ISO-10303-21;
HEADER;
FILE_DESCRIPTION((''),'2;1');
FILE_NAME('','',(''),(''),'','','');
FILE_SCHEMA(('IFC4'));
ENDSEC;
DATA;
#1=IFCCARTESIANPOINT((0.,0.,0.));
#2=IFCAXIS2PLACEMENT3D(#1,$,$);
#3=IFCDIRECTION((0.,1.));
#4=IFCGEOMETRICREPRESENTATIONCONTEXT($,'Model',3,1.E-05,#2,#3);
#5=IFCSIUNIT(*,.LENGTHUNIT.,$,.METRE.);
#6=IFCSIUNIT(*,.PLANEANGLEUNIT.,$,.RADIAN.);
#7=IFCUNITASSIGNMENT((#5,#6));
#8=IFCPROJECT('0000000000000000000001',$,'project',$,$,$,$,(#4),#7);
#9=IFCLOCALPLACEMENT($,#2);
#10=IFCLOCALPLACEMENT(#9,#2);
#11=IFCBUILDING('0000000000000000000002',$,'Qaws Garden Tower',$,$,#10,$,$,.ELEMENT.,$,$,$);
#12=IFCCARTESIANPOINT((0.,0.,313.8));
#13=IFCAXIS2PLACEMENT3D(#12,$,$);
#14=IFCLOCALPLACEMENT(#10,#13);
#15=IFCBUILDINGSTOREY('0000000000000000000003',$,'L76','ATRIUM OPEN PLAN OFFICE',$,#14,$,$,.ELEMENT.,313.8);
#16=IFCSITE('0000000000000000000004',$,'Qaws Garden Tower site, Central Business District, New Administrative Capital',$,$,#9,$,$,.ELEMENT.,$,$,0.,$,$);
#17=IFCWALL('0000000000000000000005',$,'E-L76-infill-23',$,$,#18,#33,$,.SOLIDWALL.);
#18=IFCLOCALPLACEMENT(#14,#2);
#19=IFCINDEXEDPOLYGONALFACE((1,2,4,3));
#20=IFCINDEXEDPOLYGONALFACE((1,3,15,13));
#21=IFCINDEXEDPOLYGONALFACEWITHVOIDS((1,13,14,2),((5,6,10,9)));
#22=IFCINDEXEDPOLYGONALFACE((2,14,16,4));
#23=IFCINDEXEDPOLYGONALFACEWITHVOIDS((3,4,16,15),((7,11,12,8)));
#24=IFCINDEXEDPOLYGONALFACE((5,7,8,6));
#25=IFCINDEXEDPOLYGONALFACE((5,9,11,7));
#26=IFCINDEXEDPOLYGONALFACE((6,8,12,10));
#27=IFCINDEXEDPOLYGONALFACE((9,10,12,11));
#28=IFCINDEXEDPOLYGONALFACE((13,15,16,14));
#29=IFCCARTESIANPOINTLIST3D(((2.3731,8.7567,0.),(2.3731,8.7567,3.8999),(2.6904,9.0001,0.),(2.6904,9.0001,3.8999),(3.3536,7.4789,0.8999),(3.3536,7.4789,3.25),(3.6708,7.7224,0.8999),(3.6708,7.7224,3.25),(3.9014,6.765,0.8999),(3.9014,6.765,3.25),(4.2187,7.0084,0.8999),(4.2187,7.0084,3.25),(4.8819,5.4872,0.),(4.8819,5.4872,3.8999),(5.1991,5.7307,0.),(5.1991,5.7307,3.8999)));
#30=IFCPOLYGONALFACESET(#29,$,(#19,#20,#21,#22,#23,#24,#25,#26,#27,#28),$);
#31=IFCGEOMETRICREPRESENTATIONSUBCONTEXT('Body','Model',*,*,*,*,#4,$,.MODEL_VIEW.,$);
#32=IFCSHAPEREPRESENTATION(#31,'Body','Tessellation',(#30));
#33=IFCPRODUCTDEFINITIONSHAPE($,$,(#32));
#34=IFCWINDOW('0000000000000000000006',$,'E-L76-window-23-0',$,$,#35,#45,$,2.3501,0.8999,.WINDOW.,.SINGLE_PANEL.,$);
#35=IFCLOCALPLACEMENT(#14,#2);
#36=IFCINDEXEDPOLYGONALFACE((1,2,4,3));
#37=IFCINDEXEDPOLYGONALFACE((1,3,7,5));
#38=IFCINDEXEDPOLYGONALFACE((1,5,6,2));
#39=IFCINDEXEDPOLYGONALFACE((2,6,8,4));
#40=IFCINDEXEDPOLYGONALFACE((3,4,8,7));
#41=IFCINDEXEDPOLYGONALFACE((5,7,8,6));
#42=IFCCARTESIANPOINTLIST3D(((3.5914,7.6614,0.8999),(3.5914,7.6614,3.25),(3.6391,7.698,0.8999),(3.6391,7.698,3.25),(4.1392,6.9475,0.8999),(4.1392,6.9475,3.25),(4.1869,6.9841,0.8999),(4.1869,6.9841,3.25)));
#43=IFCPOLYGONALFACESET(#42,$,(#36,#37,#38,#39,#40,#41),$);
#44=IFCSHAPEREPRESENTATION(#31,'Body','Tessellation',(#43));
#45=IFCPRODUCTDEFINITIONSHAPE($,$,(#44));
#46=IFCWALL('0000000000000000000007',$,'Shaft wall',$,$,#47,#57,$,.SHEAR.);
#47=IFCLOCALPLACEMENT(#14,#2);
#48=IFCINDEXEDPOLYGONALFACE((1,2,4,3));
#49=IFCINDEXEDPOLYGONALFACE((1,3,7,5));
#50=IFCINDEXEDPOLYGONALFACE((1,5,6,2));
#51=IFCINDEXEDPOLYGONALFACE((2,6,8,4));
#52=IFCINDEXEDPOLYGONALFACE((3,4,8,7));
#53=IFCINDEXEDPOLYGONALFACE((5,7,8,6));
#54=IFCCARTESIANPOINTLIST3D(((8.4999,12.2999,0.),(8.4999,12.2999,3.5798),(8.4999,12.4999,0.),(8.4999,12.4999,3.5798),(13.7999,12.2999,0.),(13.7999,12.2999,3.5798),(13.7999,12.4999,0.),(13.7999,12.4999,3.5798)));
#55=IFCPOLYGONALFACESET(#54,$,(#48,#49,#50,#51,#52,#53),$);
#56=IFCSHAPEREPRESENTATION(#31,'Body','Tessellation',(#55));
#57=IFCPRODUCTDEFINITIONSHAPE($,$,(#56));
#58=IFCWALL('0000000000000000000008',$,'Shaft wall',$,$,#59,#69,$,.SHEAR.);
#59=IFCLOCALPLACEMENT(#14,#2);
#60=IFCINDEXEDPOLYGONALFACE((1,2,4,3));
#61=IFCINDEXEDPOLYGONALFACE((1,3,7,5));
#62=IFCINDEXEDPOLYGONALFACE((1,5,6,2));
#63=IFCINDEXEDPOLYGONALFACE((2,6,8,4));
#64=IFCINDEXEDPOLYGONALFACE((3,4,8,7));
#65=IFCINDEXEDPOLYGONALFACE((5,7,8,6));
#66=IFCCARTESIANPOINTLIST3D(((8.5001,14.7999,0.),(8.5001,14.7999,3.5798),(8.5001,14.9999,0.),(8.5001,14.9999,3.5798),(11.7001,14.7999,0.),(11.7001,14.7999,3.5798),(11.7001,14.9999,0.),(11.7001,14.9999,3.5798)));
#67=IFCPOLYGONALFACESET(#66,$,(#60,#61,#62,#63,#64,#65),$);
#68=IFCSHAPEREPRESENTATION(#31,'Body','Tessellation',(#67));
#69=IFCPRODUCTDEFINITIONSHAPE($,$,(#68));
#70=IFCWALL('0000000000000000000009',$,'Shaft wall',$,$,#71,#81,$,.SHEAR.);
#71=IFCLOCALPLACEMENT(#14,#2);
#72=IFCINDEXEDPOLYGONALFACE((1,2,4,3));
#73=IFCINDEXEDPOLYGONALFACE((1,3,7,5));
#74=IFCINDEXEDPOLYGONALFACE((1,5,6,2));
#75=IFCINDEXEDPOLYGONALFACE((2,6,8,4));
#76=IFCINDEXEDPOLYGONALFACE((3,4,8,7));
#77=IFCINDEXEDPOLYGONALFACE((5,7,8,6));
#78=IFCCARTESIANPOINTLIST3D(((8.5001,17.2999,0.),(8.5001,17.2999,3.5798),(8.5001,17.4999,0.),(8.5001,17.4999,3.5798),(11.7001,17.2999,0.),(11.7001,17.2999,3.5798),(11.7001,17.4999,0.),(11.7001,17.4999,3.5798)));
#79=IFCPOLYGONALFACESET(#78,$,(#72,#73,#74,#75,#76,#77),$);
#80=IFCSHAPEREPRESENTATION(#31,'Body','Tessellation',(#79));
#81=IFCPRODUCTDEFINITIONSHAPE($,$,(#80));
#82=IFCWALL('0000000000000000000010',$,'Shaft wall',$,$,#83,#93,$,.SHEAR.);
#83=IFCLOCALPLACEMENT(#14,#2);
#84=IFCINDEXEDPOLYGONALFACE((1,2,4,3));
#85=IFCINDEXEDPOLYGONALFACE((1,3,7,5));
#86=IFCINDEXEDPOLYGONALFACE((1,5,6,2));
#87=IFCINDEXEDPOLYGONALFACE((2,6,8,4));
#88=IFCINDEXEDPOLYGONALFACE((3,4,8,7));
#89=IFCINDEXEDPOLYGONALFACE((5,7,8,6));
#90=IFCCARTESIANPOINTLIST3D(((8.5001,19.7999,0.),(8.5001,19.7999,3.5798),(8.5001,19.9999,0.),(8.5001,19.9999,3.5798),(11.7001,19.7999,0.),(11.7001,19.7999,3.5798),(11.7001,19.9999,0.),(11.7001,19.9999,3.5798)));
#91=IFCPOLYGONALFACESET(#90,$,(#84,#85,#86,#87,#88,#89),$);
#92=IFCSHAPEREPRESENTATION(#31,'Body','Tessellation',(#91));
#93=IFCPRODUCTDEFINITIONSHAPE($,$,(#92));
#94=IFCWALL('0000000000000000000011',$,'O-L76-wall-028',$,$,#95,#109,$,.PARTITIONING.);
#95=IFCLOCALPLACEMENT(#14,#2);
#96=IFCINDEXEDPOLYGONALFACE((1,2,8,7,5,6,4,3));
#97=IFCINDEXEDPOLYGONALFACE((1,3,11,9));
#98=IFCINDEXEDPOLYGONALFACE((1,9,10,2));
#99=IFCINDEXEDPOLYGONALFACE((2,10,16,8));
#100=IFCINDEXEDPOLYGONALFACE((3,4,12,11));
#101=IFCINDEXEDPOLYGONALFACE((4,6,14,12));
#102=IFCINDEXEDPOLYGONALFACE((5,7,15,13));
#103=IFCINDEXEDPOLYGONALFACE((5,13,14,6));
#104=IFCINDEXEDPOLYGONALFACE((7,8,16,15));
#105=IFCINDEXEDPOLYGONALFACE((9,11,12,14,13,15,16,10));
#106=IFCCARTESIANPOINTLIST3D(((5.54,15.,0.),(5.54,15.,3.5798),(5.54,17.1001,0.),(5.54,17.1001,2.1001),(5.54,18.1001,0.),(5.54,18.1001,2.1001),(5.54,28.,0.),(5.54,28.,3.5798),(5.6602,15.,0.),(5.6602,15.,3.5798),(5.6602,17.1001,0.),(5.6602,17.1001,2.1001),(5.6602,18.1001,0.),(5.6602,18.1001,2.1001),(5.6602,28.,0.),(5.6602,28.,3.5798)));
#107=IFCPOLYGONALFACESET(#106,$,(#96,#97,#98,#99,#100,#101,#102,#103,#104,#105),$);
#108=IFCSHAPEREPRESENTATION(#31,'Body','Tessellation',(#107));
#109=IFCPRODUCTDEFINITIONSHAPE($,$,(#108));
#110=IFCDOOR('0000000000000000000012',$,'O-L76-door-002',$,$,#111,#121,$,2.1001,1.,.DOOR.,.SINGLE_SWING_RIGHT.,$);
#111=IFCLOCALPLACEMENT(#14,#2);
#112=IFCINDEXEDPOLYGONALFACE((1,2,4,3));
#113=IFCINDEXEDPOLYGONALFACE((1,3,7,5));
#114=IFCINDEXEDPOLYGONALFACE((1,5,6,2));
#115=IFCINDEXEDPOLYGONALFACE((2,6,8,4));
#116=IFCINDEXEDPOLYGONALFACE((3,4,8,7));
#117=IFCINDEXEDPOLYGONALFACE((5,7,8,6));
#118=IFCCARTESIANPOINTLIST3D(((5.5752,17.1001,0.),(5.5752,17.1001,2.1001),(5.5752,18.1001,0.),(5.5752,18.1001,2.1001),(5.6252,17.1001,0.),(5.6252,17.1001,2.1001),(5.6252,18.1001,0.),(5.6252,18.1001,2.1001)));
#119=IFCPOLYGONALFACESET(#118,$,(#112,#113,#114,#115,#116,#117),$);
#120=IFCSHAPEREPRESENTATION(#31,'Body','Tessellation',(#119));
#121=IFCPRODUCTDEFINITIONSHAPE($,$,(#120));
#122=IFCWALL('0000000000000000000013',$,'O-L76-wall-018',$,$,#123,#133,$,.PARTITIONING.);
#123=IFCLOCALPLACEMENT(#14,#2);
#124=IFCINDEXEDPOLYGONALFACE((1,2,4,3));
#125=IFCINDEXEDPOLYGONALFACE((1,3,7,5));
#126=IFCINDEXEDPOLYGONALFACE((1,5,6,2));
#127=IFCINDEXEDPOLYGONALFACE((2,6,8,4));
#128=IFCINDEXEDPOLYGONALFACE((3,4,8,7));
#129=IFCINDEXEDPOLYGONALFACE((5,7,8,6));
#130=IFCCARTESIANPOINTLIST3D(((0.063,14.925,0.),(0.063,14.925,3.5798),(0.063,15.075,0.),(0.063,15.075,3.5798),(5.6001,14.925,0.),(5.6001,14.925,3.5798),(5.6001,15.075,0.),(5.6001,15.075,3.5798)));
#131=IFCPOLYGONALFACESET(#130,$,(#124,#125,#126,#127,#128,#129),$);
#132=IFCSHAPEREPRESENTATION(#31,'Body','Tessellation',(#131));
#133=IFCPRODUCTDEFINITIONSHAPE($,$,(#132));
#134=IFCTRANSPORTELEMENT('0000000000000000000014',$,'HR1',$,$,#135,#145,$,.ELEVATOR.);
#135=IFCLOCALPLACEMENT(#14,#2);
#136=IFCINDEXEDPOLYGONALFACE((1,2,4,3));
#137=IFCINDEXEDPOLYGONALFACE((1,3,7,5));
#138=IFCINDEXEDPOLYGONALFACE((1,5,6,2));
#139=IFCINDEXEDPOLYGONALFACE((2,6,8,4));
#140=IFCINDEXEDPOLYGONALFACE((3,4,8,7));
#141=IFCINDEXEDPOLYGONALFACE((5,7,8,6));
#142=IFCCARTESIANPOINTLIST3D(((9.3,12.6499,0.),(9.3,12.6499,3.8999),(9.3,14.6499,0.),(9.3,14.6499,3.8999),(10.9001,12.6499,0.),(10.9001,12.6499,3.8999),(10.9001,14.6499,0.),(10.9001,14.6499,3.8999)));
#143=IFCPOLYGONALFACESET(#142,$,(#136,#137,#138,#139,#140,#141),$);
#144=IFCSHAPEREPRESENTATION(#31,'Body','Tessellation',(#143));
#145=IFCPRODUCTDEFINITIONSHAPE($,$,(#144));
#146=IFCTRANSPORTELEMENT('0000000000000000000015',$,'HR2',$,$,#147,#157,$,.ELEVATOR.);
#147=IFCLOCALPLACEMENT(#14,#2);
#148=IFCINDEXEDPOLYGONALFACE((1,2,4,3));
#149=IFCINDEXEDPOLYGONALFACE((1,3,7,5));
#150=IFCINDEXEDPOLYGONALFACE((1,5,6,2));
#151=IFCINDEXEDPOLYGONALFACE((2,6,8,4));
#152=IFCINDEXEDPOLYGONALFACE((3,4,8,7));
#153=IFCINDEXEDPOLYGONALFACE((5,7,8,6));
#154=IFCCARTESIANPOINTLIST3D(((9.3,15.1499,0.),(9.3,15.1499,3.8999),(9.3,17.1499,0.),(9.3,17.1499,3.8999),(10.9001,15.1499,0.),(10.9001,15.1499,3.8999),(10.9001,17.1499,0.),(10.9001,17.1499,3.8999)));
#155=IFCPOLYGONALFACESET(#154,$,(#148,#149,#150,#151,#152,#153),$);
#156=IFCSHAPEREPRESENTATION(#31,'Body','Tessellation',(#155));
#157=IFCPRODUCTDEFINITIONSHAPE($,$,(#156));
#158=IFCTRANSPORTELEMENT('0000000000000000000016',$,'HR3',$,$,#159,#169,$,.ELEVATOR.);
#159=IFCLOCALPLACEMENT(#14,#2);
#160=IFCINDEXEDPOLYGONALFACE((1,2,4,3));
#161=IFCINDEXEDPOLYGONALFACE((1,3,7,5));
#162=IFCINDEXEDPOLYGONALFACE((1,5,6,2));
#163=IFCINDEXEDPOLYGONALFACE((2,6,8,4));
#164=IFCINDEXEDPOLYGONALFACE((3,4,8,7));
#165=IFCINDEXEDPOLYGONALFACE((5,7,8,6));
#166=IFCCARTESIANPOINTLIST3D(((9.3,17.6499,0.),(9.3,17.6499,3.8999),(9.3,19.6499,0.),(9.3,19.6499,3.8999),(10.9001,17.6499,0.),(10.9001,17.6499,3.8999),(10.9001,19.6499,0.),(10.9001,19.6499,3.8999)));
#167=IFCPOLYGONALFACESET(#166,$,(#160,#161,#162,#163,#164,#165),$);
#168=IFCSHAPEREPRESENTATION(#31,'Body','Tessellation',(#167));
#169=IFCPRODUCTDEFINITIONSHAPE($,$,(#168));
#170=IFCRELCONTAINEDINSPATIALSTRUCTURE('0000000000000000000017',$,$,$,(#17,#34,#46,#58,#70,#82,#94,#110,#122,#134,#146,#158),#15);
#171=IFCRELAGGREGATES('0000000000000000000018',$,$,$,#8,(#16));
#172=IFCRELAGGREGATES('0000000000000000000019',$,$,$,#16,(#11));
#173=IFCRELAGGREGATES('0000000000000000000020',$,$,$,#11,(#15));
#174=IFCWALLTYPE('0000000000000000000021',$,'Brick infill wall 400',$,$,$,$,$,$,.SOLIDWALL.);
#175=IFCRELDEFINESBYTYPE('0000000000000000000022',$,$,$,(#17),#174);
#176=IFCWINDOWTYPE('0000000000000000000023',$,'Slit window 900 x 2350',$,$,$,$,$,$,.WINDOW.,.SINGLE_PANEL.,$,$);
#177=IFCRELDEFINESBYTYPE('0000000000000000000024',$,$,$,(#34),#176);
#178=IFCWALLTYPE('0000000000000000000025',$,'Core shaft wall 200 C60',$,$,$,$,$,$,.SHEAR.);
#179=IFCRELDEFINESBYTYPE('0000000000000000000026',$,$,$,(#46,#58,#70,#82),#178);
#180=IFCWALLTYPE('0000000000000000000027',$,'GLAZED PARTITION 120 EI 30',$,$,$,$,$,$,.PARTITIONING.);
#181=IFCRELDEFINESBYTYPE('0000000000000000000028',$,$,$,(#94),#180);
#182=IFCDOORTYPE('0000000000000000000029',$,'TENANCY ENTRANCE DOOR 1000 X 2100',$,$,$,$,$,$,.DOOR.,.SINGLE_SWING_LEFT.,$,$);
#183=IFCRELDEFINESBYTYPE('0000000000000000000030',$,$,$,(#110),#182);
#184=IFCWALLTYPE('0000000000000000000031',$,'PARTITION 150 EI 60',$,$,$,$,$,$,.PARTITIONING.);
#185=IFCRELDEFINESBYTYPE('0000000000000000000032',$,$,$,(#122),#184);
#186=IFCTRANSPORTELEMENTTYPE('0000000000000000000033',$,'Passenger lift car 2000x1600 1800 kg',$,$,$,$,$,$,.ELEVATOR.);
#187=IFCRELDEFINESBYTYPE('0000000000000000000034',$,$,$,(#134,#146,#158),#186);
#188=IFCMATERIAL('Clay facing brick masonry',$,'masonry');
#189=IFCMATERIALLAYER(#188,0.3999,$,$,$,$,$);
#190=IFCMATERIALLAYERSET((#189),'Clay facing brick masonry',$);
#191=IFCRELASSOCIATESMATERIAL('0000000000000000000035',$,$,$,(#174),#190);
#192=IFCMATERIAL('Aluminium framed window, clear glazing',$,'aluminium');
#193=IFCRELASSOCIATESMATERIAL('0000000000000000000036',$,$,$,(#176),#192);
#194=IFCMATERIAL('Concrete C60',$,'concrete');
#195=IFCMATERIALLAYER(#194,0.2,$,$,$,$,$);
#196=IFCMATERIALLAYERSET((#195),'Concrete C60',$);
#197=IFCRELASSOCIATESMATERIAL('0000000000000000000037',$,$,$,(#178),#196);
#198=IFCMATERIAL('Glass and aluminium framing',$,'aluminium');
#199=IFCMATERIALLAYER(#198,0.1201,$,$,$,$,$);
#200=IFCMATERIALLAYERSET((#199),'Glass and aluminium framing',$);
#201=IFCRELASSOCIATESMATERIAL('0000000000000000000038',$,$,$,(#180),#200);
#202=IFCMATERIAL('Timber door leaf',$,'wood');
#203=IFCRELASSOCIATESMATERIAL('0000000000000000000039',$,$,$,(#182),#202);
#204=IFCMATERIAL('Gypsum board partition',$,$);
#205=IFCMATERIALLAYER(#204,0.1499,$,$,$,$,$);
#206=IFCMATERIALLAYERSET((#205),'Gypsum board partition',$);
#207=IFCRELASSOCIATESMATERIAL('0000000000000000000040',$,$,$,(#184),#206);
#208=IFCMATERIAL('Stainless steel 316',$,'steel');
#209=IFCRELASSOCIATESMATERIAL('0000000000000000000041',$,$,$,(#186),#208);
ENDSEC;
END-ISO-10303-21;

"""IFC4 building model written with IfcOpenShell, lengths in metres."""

from ifc_helpers import new_model, si_unit, direction, frame, frame_2d, origin, origin_2d, place, context, subcontext, project, spatial, rectangle, extrude, material, layer, layer_set, type_object, element, fill, save


model = new_model("IFC4")

# Units and contexts
model_context = context("Model", 3, precision=1e-05, world=origin(), true_north=direction((0.0, 1.0)))
body_context = subcontext(model_context, "Body", "Model", "MODEL_VIEW")
ifc_project = project(units=[si_unit("LENGTHUNIT", "METRE"), si_unit("PLANEANGLEUNIT", "RADIAN")], contexts=[model_context])

# Site, building, storey
site_placement = place(None, origin())
site = spatial("IfcSite", under=ifc_project, at=site_placement, Name="Qaws Garden Tower site, Central Business District, New Administrative Capital", CompositionType="ELEMENT", RefElevation=0.0)
building_placement = place(site_placement, origin())
building = spatial("IfcBuilding", under=site, at=building_placement, Name="Qaws Garden Tower", CompositionType="ELEMENT")
storey_placement = place(building_placement, frame((0.0, 0.0, 313.8)))
storey = spatial("IfcBuildingStorey", under=building, at=storey_placement, Name="L76", Description="ATRIUM OPEN PLAN OFFICE", CompositionType="ELEMENT", Elevation=313.8)

# Wall, opening, window
ifc_material_1 = material(Name="Clay facing brick masonry", Category="masonry")
ifc_layer_1 = layer(ifc_material_1, 0.3999)
ifc_layer_set_1 = layer_set([ifc_layer_1], Name="Clay facing brick masonry")
wall_type_1 = type_object("IfcWallType", Name="Brick infill wall 400", PredefinedType="SOLIDWALL", material=ifc_layer_set_1)
ifc_material_2 = material(Name="Aluminium framed window, clear glazing", Category="aluminium")
window_type = type_object("IfcWindowType", Name="Slit window 900 x 2350", PartitioningType="SINGLE_PANEL", PredefinedType="WINDOW", material=ifc_material_2)
wall_1_placement = place(storey_placement, frame((2.5317, 8.8784, 0.0), z_axis=(0.0, 0.0, 1.0), x_axis=(0.60876, -0.793355, 0.0)))
wall_1 = element("IfcWall", 1, at=wall_1_placement, inside=storey, type_object=wall_type_1, Name="E-L76-infill-23", PredefinedType="SOLIDWALL", context=body_context, shape_type="SweptSolid", body=[
    extrude(rectangle(XDim=4.1211, YDim=0.3999, at=frame_2d((2.0605, 0.0))), origin(), (0.0, 0.0, 1.0), 3.8999),
])
opening_1_placement = place(wall_1_placement, frame((1.6106, 0.0, 0.8999)))
opening_1 = element("IfcOpeningElement", 2, at=opening_1_placement, cuts=wall_1, PredefinedType="OPENING", context=body_context, shape_type="SweptSolid", body=[
    extrude(rectangle(XDim=0.8999, YDim=2.3501, at=frame_2d((0.45, 1.175))), frame((0.0, 0.21, 0.0), z_axis=(0.0, -1.0, 0.0), x_axis=(1.0, 0.0, 0.0)), (0.0, 0.0, 1.0), 0.4199),
])
window_1_placement = place(opening_1_placement, origin())
window_1 = element("IfcWindow", 3, at=window_1_placement, inside=storey, type_object=window_type, Name="E-L76-window-23-0", OverallHeight=2.3501, OverallWidth=0.8999, PartitioningType="SINGLE_PANEL", PredefinedType="WINDOW", context=body_context, shape_type="SweptSolid", body=[
    extrude(rectangle(XDim=0.8999, YDim=2.3501, at=frame_2d((0.45, 1.175))), frame((0.0, 0.1599, 0.0), z_axis=(0.0, -1.0, 0.0), x_axis=(1.0, 0.0, 0.0)), (0.0, 0.0, 1.0), 0.0601),
])
fill(opening_1, window_1)

# Walls
ifc_material_3 = material(Name="Concrete C60", Category="concrete")
ifc_layer_2 = layer(ifc_material_3, 0.2)
ifc_layer_set_2 = layer_set([ifc_layer_2], Name="Concrete C60")
wall_type_2 = type_object("IfcWallType", Name="Core shaft wall 200 C60", PredefinedType="SHEAR", material=ifc_layer_set_2)
wall_2_placement = place(storey_placement, frame((8.5, 12.3999, 0.0), z_axis=(0.0, 0.0, 1.0), x_axis=(1.0, 0.0, 0.0)))
element("IfcWall", 4, at=wall_2_placement, inside=storey, type_object=wall_type_2, Name="Shaft wall", PredefinedType="SHEAR", context=body_context, shape_type="SweptSolid", body=[
    extrude(rectangle(XDim=5.3, YDim=0.2, at=frame_2d((2.6499, 0.0))), origin(), (0.0, 0.0, 1.0), 3.5798),
])
for number, where, z_axis, x_axis, name in (
    (5, (8.5, 14.8999, 0.0), (0.0, 0.0, 1.0), (1.0, 0.0, 0.0), "Shaft wall"),
    (6, (8.5, 17.3999, 0.0), (0.0, 0.0, 1.0), (1.0, 0.0, 0.0), "Shaft wall"),
    (7, (8.5, 19.8999, 0.0), (0.0, 0.0, 1.0), (1.0, 0.0, 0.0), "Shaft wall"),
):
    element("IfcWall", number, at=place(storey_placement, frame(where, z_axis=z_axis, x_axis=x_axis)), inside=storey, type_object=wall_type_2, Name=name, PredefinedType="SHEAR", context=body_context, shape_type="SweptSolid", body=[
        extrude(rectangle(XDim=3.2, YDim=0.2, at=frame_2d((1.6001, 0.0))), origin(), (0.0, 0.0, 1.0), 3.5798),
    ])

# Wall, opening, door
ifc_material_4 = material(Name="Glass and aluminium framing", Category="aluminium")
ifc_layer_3 = layer(ifc_material_4, 0.1201)
ifc_layer_set_3 = layer_set([ifc_layer_3], Name="Glass and aluminium framing")
wall_type_3 = type_object("IfcWallType", Name="GLAZED PARTITION 120 EI 30", PredefinedType="PARTITIONING", material=ifc_layer_set_3)
wall_3_placement = place(storey_placement, frame((5.6001, 15.0, 0.0), z_axis=(0.0, 0.0, 1.0), x_axis=(0.0, 1.0, 0.0)))
wall_3 = element("IfcWall", 8, at=wall_3_placement, inside=storey, type_object=wall_type_3, Name="O-L76-wall-028", PredefinedType="PARTITIONING", context=body_context, shape_type="SweptSolid", body=[
    extrude(rectangle(XDim=13.0, YDim=0.1201, at=frame_2d((6.5, 0.0))), origin(), (0.0, 0.0, 1.0), 3.5798),
])
opening_2_placement = place(wall_3_placement, frame((2.1001, 0.0, 0.0)))
opening_2 = element("IfcOpeningElement", 9, at=opening_2_placement, cuts=wall_3, PredefinedType="OPENING", context=body_context, shape_type="SweptSolid", body=[
    extrude(rectangle(XDim=1.0, YDim=2.1001, at=frame_2d((0.5, 1.05))), frame((0.0, 0.0701, 0.0), z_axis=(0.0, -1.0, 0.0), x_axis=(1.0, 0.0, 0.0)), (0.0, 0.0, 1.0), 0.1401),
])
ifc_material_5 = material(Name="Timber door leaf", Category="wood")
door_type = type_object("IfcDoorType", Name="TENANCY ENTRANCE DOOR 1000 X 2100", OperationType="SINGLE_SWING_LEFT", PredefinedType="DOOR", material=ifc_material_5)
door_placement = place(opening_2_placement, origin())
door = element("IfcDoor", 10, at=door_placement, inside=storey, type_object=door_type, Name="O-L76-door-002", OperationType="SINGLE_SWING_RIGHT", OverallHeight=2.1001, OverallWidth=1.0, PredefinedType="DOOR", context=body_context, shape_type="SweptSolid", body=[
    extrude(rectangle(XDim=1.0, YDim=2.1001, at=frame_2d((0.5, 1.05))), frame((0.0, 0.0249, 0.0), z_axis=(0.0, -1.0, 0.0), x_axis=(1.0, 0.0, 0.0)), (0.0, 0.0, 1.0), 0.05),
])
fill(opening_2, door)

# Wall
ifc_material_6 = material(Name="Gypsum board partition")
ifc_layer_4 = layer(ifc_material_6, 0.1499)
ifc_layer_set_4 = layer_set([ifc_layer_4], Name="Gypsum board partition")
wall_type_4 = type_object("IfcWallType", Name="PARTITION 150 EI 60", PredefinedType="PARTITIONING", material=ifc_layer_set_4)
wall_4_placement = place(storey_placement, frame((0.063, 15.0, 0.0), z_axis=(0.0, 0.0, 1.0), x_axis=(1.0, 0.0, 0.0)))
element("IfcWall", 11, at=wall_4_placement, inside=storey, type_object=wall_type_4, Name="O-L76-wall-018", PredefinedType="PARTITIONING", context=body_context, shape_type="SweptSolid", body=[
    extrude(rectangle(XDim=5.5371, YDim=0.1499, at=frame_2d((2.7686, 0.0))), origin(), (0.0, 0.0, 1.0), 3.5798),
])

# Transport elements
ifc_material_7 = material(Name="Stainless steel 316", Category="steel")
transport_element_type = type_object("IfcTransportElementType", Name="Passenger lift car 2000x1600 1800 kg", PredefinedType="ELEVATOR", material=ifc_material_7)
for number, where, z_axis, x_axis, name in (
    (12, (10.1001, 13.6499, 0.0), (0.0, 0.0, 1.0), (1.0, 0.0, 0.0), "HR1"),
    (13, (10.1001, 16.1499, 0.0), (0.0, 0.0, 1.0), (1.0, 0.0, 0.0), "HR2"),
    (14, (10.1001, 18.6499, 0.0), (0.0, 0.0, 1.0), (1.0, 0.0, 0.0), "HR3"),
):
    element("IfcTransportElement", number, at=place(storey_placement, frame(where, z_axis=z_axis, x_axis=x_axis)), inside=storey, type_object=transport_element_type, Name=name, PredefinedType="ELEVATOR", context=body_context, shape_type="SweptSolid", body=[
        extrude(rectangle(XDim=1.6001, YDim=2.0, at=origin_2d()), origin(), (0.0, 0.0, 1.0), 3.8999),
    ])

save(model, "model.ifc")
